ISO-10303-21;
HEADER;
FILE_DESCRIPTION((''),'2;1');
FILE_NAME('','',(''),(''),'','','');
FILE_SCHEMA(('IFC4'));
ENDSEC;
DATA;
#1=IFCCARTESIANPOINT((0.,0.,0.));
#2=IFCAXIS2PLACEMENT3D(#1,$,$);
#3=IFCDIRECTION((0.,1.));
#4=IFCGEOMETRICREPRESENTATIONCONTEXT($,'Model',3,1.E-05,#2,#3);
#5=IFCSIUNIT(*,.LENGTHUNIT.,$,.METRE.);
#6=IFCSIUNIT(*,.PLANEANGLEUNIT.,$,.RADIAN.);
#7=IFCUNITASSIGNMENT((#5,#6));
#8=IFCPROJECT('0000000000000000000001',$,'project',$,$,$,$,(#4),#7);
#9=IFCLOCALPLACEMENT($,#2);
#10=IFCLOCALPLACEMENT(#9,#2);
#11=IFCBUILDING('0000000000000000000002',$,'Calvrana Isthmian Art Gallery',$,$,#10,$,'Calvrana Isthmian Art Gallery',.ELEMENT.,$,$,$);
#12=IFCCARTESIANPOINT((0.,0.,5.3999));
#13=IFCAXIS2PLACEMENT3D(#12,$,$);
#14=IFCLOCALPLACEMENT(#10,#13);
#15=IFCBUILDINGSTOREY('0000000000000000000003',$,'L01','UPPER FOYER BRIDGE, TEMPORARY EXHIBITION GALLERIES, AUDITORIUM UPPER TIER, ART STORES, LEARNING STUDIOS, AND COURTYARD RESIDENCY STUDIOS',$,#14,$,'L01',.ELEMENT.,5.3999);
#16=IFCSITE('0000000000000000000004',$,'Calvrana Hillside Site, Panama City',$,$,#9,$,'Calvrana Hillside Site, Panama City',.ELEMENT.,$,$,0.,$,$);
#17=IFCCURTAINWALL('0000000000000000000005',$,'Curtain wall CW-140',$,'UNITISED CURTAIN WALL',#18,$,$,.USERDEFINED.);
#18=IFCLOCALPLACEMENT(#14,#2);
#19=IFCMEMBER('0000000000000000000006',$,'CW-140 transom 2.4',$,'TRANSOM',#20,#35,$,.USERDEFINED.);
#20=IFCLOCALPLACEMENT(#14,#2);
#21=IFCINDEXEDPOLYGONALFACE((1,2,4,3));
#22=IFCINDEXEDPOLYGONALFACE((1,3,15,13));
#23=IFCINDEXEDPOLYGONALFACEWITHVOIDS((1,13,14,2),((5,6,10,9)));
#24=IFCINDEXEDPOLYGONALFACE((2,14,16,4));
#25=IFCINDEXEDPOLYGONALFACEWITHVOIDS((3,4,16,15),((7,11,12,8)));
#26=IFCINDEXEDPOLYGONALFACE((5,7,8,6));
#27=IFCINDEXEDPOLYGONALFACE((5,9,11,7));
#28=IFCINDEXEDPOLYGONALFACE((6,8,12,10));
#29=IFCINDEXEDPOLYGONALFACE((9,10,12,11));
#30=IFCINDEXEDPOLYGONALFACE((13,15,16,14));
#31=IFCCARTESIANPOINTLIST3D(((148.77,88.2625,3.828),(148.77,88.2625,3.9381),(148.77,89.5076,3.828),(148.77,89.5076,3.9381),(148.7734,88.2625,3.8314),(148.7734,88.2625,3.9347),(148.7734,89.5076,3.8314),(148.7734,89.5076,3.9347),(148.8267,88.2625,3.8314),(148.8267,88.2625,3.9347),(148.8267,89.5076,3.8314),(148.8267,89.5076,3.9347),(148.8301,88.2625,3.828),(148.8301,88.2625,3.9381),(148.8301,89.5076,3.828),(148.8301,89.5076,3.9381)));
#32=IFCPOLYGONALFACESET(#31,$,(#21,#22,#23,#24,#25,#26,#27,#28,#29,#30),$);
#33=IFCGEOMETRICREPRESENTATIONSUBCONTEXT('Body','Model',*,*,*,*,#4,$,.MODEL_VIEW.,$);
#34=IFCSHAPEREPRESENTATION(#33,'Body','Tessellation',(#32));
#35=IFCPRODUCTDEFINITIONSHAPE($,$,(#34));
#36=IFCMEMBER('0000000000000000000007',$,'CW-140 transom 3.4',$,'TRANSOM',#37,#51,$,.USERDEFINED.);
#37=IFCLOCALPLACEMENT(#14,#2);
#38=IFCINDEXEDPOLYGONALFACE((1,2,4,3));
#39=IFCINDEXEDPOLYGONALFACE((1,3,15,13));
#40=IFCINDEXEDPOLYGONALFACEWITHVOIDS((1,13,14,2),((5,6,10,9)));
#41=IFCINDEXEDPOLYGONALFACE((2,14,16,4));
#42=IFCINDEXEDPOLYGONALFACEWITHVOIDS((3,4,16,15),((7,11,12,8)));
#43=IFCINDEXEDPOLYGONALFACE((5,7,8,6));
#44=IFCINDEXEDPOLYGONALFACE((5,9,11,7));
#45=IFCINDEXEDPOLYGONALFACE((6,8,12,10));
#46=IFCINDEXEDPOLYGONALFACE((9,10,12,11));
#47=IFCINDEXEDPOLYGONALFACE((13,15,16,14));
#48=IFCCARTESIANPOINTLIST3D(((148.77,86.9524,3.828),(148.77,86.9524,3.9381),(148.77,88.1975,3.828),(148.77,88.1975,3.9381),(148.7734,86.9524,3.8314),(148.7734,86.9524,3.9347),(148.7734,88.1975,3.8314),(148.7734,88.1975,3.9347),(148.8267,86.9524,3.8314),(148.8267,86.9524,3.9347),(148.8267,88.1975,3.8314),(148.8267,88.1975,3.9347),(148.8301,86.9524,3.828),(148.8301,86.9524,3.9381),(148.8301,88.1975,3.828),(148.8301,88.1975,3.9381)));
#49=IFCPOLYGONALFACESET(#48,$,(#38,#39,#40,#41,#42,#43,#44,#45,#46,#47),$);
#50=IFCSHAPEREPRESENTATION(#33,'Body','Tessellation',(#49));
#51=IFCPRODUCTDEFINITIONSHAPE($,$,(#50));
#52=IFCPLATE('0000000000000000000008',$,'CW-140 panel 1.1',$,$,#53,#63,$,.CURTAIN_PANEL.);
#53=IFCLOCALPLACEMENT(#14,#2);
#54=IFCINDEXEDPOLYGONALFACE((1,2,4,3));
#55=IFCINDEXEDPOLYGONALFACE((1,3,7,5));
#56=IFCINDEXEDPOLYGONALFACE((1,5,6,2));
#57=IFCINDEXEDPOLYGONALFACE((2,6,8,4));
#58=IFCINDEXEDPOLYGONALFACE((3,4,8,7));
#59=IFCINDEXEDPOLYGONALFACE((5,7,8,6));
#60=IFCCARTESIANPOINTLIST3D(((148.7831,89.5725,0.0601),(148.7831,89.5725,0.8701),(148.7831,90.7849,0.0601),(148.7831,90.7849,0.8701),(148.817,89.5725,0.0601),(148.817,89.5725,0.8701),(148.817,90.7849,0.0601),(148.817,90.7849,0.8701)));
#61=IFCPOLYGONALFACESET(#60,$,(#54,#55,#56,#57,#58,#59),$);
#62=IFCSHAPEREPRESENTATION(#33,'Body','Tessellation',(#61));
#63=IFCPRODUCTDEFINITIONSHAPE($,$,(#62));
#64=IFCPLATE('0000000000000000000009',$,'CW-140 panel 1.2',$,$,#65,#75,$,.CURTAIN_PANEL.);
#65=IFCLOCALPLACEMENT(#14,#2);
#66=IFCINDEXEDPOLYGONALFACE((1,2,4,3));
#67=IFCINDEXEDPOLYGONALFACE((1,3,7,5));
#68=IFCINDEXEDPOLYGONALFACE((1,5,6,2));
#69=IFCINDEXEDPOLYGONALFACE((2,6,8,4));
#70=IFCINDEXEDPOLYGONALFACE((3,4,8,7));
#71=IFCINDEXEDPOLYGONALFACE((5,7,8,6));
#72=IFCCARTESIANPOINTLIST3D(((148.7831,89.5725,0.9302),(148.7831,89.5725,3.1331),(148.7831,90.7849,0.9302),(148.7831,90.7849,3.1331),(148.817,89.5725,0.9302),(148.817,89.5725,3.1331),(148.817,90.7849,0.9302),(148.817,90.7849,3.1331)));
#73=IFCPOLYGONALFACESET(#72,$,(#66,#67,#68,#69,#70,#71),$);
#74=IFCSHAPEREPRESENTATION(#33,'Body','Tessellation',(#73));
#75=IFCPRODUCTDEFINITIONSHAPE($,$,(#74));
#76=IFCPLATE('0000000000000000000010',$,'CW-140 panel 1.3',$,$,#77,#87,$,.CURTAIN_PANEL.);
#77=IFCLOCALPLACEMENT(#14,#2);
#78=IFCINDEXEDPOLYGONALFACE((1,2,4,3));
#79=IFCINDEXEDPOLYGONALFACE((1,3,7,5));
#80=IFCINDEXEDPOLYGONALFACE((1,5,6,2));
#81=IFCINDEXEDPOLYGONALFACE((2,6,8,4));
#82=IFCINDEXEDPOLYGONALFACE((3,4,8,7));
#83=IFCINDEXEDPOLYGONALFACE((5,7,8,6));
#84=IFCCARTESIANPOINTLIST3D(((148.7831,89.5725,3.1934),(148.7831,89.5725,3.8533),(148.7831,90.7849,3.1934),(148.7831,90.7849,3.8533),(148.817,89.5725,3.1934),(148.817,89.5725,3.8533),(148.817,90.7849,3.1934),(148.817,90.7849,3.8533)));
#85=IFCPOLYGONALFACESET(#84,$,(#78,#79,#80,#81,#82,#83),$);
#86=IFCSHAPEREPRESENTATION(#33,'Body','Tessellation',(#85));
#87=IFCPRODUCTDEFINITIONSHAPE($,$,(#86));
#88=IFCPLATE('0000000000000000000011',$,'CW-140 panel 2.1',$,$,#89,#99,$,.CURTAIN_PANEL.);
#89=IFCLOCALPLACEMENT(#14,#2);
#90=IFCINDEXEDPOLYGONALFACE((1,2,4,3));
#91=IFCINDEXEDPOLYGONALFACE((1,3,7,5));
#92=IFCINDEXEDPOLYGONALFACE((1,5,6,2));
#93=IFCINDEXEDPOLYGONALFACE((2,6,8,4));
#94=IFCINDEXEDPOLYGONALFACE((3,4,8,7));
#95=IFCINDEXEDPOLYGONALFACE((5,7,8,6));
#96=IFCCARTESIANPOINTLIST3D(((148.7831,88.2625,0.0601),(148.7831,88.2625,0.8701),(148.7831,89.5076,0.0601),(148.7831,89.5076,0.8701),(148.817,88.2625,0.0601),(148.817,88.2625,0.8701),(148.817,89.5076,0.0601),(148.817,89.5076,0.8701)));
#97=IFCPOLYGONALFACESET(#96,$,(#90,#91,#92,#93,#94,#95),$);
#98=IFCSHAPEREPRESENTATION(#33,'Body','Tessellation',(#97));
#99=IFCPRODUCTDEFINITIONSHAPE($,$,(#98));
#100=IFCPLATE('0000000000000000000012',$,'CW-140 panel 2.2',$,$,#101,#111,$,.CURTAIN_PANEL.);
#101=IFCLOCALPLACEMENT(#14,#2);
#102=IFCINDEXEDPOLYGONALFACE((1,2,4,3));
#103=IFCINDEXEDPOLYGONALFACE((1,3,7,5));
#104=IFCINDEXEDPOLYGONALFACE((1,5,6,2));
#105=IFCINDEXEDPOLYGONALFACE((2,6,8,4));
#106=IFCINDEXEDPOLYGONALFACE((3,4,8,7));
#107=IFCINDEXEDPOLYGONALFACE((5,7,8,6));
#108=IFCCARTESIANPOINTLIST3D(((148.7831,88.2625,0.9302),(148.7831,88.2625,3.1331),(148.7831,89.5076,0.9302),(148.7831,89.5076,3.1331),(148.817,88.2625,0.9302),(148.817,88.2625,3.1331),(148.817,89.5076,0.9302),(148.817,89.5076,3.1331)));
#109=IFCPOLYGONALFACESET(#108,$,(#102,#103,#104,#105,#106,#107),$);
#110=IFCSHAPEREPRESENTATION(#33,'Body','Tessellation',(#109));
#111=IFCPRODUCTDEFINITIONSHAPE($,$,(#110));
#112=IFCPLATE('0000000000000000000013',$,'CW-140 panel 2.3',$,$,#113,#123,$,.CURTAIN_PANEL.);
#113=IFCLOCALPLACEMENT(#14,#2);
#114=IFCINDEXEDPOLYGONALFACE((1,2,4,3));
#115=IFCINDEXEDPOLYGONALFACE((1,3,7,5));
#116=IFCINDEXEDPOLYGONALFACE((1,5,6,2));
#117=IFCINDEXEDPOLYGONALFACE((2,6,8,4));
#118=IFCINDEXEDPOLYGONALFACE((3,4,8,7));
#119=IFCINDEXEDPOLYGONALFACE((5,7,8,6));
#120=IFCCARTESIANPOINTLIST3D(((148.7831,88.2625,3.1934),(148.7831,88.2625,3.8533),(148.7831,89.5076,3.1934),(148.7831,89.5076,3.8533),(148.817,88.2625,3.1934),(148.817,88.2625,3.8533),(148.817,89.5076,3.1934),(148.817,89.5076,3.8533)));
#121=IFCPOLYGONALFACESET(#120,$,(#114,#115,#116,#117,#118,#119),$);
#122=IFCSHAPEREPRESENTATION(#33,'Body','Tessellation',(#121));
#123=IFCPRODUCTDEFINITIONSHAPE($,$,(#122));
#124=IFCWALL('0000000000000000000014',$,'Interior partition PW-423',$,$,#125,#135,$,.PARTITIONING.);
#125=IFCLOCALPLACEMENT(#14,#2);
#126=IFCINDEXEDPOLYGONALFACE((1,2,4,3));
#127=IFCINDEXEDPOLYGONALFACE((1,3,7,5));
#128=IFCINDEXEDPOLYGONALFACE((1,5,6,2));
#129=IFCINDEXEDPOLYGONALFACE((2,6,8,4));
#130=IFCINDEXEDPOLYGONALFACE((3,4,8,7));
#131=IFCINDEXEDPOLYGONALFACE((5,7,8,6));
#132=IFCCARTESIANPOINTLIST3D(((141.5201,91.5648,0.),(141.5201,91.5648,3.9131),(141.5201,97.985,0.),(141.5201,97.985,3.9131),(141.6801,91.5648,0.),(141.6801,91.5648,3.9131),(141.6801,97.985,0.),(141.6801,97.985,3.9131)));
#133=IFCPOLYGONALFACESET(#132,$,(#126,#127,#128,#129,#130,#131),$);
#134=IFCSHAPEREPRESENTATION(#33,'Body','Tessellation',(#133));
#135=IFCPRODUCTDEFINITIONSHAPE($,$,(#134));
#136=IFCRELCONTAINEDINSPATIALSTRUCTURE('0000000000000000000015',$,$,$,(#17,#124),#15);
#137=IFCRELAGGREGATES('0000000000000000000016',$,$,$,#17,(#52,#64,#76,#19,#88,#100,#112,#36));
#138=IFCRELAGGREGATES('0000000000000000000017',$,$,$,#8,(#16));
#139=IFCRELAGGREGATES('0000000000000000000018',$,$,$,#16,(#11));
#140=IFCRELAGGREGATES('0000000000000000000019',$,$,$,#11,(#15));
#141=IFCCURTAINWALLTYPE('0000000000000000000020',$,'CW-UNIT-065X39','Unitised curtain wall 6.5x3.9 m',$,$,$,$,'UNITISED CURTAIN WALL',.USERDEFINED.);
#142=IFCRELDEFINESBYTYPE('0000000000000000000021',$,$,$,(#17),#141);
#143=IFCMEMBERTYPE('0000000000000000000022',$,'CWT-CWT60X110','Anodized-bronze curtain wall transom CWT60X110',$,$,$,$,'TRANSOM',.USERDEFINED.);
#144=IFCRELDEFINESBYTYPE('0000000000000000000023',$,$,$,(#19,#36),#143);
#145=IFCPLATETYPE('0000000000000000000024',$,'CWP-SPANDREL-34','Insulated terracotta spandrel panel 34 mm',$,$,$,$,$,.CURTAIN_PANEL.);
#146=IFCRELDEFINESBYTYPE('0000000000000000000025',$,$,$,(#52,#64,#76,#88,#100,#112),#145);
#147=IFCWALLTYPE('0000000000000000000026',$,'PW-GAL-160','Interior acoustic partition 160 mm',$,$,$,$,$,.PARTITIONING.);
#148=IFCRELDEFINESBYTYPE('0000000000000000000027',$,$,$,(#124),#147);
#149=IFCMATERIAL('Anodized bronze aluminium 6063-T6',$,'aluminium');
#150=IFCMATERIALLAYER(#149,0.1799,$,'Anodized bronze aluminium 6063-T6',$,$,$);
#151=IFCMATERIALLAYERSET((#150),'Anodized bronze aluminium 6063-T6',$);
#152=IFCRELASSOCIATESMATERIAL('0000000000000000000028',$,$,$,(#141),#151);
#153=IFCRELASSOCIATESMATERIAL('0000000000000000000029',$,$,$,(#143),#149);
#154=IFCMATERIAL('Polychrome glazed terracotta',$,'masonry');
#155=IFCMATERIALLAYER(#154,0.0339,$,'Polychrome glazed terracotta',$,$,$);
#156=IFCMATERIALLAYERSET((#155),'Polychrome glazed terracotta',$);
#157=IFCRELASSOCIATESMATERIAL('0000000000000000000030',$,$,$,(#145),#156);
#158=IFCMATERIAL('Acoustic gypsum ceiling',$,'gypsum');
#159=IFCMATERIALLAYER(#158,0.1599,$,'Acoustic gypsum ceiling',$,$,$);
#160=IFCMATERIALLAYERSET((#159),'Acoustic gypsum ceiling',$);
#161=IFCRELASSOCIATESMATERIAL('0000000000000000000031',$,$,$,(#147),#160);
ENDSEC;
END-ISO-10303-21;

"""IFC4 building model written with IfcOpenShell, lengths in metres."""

from ifc_helpers import new_model, si_unit, direction, frame, frame_2d, origin, origin_2d, place, context, subcontext, project, spatial, rectangle, hollow_rectangle, extrude, material, layer, layer_set, material_profile, profile_set, type_object, element, aggregate, save


model = new_model("IFC4")

# Units and contexts
model_context = context("Model", 3, precision=1e-05, world=origin(), true_north=direction((0.0, 1.0)))
body_context = subcontext(model_context, "Body", "Model", "MODEL_VIEW")
ifc_project = project(units=[si_unit("LENGTHUNIT", "METRE"), si_unit("PLANEANGLEUNIT", "RADIAN")], contexts=[model_context])

# Site, building, storey
site_placement = place(None, origin())
site = spatial("IfcSite", under=ifc_project, at=site_placement, Name="Calvrana Hillside Site, Panama City", LongName="Calvrana Hillside Site, Panama City", CompositionType="ELEMENT", RefElevation=0.0)
building_placement = place(site_placement, origin())
building = spatial("IfcBuilding", under=site, at=building_placement, Name="Calvrana Isthmian Art Gallery", LongName="Calvrana Isthmian Art Gallery", CompositionType="ELEMENT")
storey_placement = place(building_placement, frame((0.0, 0.0, 5.3999)))
storey = spatial("IfcBuildingStorey", under=building, at=storey_placement, Name="L01", Description="UPPER FOYER BRIDGE, TEMPORARY EXHIBITION GALLERIES, AUDITORIUM UPPER TIER, ART STORES, LEARNING STUDIOS, AND COURTYARD RESIDENCY STUDIOS", LongName="L01", CompositionType="ELEMENT", Elevation=5.3999)

# Curtain wall, members, plates
ifc_material_1 = material(Name="Anodized bronze aluminium 6063-T6", Category="aluminium")
ifc_layer_1 = layer(ifc_material_1, 0.1799, Name="Anodized bronze aluminium 6063-T6")
ifc_layer_set_1 = layer_set([ifc_layer_1], Name="Anodized bronze aluminium 6063-T6")
curtain_wall_type = type_object("IfcCurtainWallType", Name="CW-UNIT-065X39", Description="Unitised curtain wall 6.5x3.9 m", ElementType="UNITISED CURTAIN WALL", PredefinedType="USERDEFINED", material=ifc_layer_set_1)
curtain_wall_placement = place(storey_placement, origin())
curtain_wall = element("IfcCurtainWall", 1, at=curtain_wall_placement, inside=storey, type_object=curtain_wall_type, Name="Curtain wall CW-140", ObjectType="UNITISED CURTAIN WALL", PredefinedType="USERDEFINED")
ifc_material_profile_1 = material_profile(ifc_material_1, hollow_rectangle(XDim=0.0601, YDim=0.1101, WallThickness=0.0034, at=origin_2d()), Name="CWT60X110")
ifc_profile_set_1 = profile_set([ifc_material_profile_1], Name="Anodized bronze aluminium 6063-T6")
member_type_1 = type_object("IfcMemberType", Name="CWT-CWT60X110", Description="Anodized-bronze curtain wall transom CWT60X110", ElementType="TRANSOM", PredefinedType="USERDEFINED", material=ifc_profile_set_1)
member_1_placement = place(storey_placement, frame((148.8, 89.5076, 3.8831), z_axis=(0.0, -1.0, 0.0), x_axis=(1.0, 0.0, 0.0)))
member_1 = element("IfcMember", 2, at=member_1_placement, type_object=member_type_1, Name="CW-140 transom 2.4", ObjectType="TRANSOM", PredefinedType="USERDEFINED", context=body_context, shape_type="SweptSolid", body=[
    extrude(hollow_rectangle(XDim=0.0601, YDim=0.1101, WallThickness=0.0034, at=origin_2d()), origin(), (0.0, 0.0, 1.0), 1.2451),
])
member_2_placement = place(storey_placement, frame((148.8, 88.1975, 3.8831), z_axis=(0.0, -1.0, 0.0), x_axis=(1.0, 0.0, 0.0)))
member_2 = element("IfcMember", 3, at=member_2_placement, type_object=member_type_1, Name="CW-140 transom 3.4", ObjectType="TRANSOM", PredefinedType="USERDEFINED", context=body_context, shape_type="SweptSolid", body=[
    extrude(hollow_rectangle(XDim=0.0601, YDim=0.1101, WallThickness=0.0034, at=origin_2d()), origin(), (0.0, 0.0, 1.0), 1.2451),
])
ifc_material_2 = material(Name="Polychrome glazed terracotta", Category="masonry")
ifc_layer_2 = layer(ifc_material_2, 0.0339, Name="Polychrome glazed terracotta")
ifc_layer_set_2 = layer_set([ifc_layer_2], Name="Polychrome glazed terracotta")
plate_type = type_object("IfcPlateType", Name="CWP-SPANDREL-34", Description="Insulated terracotta spandrel panel 34 mm", PredefinedType="CURTAIN_PANEL", material=ifc_layer_set_2)
plate_1_placement = place(storey_placement, frame((148.8, 90.1787, 0.0601), z_axis=(0.0, 0.0, 1.0), x_axis=(0.0, -1.0, 0.0)))
plate_1 = element("IfcPlate", 4, at=plate_1_placement, type_object=plate_type, Name="CW-140 panel 1.1", PredefinedType="CURTAIN_PANEL", context=body_context, shape_type="SweptSolid", body=[
    extrude(rectangle(XDim=1.2124, YDim=0.0339, at=origin_2d()), origin(), (0.0, 0.0, 1.0), 0.8101),
])
plate_2_placement = place(storey_placement, frame((148.8, 90.1787, 0.9302), z_axis=(0.0, 0.0, 1.0), x_axis=(0.0, -1.0, 0.0)))
plate_2 = element("IfcPlate", 5, at=plate_2_placement, type_object=plate_type, Name="CW-140 panel 1.2", PredefinedType="CURTAIN_PANEL", context=body_context, shape_type="SweptSolid", body=[
    extrude(rectangle(XDim=1.2124, YDim=0.0339, at=origin_2d()), origin(), (0.0, 0.0, 1.0), 2.2029),
])
plate_3_placement = place(storey_placement, frame((148.8, 90.1787, 3.1934), z_axis=(0.0, 0.0, 1.0), x_axis=(0.0, -1.0, 0.0)))
plate_3 = element("IfcPlate", 6, at=plate_3_placement, type_object=plate_type, Name="CW-140 panel 1.3", PredefinedType="CURTAIN_PANEL", context=body_context, shape_type="SweptSolid", body=[
    extrude(rectangle(XDim=1.2124, YDim=0.0339, at=origin_2d()), origin(), (0.0, 0.0, 1.0), 0.6599),
])
plate_4_placement = place(storey_placement, frame((148.8, 88.885, 0.0601), z_axis=(0.0, 0.0, 1.0), x_axis=(0.0, -1.0, 0.0)))
plate_4 = element("IfcPlate", 7, at=plate_4_placement, type_object=plate_type, Name="CW-140 panel 2.1", PredefinedType="CURTAIN_PANEL", context=body_context, shape_type="SweptSolid", body=[
    extrude(rectangle(XDim=1.2451, YDim=0.0339, at=origin_2d()), origin(), (0.0, 0.0, 1.0), 0.8101),
])
plate_5_placement = place(storey_placement, frame((148.8, 88.885, 0.9302), z_axis=(0.0, 0.0, 1.0), x_axis=(0.0, -1.0, 0.0)))
plate_5 = element("IfcPlate", 8, at=plate_5_placement, type_object=plate_type, Name="CW-140 panel 2.2", PredefinedType="CURTAIN_PANEL", context=body_context, shape_type="SweptSolid", body=[
    extrude(rectangle(XDim=1.2451, YDim=0.0339, at=origin_2d()), origin(), (0.0, 0.0, 1.0), 2.2029),
])
plate_6_placement = place(storey_placement, frame((148.8, 88.885, 3.1934), z_axis=(0.0, 0.0, 1.0), x_axis=(0.0, -1.0, 0.0)))
plate_6 = element("IfcPlate", 9, at=plate_6_placement, type_object=plate_type, Name="CW-140 panel 2.3", PredefinedType="CURTAIN_PANEL", context=body_context, shape_type="SweptSolid", body=[
    extrude(rectangle(XDim=1.2451, YDim=0.0339, at=origin_2d()), origin(), (0.0, 0.0, 1.0), 0.6599),
])
aggregate(curtain_wall, [plate_1, plate_2, plate_3, member_1, plate_4, plate_5, plate_6, member_2])

# Wall
ifc_material_3 = material(Name="Acoustic gypsum ceiling", Category="gypsum")
ifc_layer_3 = layer(ifc_material_3, 0.1599, Name="Acoustic gypsum ceiling")
ifc_layer_set_3 = layer_set([ifc_layer_3], Name="Acoustic gypsum ceiling")
wall_type = type_object("IfcWallType", Name="PW-GAL-160", Description="Interior acoustic partition 160 mm", PredefinedType="PARTITIONING", material=ifc_layer_set_3)
wall_placement = place(storey_placement, frame((141.6001, 91.5649, 0.0), z_axis=(0.0, 0.0, 1.0), x_axis=(0.0, 1.0, 0.0)))
element("IfcWall", 10, at=wall_placement, inside=storey, type_object=wall_type, Name="Interior partition PW-423", PredefinedType="PARTITIONING", context=body_context, shape_type="SweptSolid", body=[
    extrude(rectangle(XDim=6.4202, YDim=0.1599, at=frame_2d((3.21, 0.0))), origin(), (0.0, 0.0, 1.0), 3.9131),
])

save(model, "model.ifc")
